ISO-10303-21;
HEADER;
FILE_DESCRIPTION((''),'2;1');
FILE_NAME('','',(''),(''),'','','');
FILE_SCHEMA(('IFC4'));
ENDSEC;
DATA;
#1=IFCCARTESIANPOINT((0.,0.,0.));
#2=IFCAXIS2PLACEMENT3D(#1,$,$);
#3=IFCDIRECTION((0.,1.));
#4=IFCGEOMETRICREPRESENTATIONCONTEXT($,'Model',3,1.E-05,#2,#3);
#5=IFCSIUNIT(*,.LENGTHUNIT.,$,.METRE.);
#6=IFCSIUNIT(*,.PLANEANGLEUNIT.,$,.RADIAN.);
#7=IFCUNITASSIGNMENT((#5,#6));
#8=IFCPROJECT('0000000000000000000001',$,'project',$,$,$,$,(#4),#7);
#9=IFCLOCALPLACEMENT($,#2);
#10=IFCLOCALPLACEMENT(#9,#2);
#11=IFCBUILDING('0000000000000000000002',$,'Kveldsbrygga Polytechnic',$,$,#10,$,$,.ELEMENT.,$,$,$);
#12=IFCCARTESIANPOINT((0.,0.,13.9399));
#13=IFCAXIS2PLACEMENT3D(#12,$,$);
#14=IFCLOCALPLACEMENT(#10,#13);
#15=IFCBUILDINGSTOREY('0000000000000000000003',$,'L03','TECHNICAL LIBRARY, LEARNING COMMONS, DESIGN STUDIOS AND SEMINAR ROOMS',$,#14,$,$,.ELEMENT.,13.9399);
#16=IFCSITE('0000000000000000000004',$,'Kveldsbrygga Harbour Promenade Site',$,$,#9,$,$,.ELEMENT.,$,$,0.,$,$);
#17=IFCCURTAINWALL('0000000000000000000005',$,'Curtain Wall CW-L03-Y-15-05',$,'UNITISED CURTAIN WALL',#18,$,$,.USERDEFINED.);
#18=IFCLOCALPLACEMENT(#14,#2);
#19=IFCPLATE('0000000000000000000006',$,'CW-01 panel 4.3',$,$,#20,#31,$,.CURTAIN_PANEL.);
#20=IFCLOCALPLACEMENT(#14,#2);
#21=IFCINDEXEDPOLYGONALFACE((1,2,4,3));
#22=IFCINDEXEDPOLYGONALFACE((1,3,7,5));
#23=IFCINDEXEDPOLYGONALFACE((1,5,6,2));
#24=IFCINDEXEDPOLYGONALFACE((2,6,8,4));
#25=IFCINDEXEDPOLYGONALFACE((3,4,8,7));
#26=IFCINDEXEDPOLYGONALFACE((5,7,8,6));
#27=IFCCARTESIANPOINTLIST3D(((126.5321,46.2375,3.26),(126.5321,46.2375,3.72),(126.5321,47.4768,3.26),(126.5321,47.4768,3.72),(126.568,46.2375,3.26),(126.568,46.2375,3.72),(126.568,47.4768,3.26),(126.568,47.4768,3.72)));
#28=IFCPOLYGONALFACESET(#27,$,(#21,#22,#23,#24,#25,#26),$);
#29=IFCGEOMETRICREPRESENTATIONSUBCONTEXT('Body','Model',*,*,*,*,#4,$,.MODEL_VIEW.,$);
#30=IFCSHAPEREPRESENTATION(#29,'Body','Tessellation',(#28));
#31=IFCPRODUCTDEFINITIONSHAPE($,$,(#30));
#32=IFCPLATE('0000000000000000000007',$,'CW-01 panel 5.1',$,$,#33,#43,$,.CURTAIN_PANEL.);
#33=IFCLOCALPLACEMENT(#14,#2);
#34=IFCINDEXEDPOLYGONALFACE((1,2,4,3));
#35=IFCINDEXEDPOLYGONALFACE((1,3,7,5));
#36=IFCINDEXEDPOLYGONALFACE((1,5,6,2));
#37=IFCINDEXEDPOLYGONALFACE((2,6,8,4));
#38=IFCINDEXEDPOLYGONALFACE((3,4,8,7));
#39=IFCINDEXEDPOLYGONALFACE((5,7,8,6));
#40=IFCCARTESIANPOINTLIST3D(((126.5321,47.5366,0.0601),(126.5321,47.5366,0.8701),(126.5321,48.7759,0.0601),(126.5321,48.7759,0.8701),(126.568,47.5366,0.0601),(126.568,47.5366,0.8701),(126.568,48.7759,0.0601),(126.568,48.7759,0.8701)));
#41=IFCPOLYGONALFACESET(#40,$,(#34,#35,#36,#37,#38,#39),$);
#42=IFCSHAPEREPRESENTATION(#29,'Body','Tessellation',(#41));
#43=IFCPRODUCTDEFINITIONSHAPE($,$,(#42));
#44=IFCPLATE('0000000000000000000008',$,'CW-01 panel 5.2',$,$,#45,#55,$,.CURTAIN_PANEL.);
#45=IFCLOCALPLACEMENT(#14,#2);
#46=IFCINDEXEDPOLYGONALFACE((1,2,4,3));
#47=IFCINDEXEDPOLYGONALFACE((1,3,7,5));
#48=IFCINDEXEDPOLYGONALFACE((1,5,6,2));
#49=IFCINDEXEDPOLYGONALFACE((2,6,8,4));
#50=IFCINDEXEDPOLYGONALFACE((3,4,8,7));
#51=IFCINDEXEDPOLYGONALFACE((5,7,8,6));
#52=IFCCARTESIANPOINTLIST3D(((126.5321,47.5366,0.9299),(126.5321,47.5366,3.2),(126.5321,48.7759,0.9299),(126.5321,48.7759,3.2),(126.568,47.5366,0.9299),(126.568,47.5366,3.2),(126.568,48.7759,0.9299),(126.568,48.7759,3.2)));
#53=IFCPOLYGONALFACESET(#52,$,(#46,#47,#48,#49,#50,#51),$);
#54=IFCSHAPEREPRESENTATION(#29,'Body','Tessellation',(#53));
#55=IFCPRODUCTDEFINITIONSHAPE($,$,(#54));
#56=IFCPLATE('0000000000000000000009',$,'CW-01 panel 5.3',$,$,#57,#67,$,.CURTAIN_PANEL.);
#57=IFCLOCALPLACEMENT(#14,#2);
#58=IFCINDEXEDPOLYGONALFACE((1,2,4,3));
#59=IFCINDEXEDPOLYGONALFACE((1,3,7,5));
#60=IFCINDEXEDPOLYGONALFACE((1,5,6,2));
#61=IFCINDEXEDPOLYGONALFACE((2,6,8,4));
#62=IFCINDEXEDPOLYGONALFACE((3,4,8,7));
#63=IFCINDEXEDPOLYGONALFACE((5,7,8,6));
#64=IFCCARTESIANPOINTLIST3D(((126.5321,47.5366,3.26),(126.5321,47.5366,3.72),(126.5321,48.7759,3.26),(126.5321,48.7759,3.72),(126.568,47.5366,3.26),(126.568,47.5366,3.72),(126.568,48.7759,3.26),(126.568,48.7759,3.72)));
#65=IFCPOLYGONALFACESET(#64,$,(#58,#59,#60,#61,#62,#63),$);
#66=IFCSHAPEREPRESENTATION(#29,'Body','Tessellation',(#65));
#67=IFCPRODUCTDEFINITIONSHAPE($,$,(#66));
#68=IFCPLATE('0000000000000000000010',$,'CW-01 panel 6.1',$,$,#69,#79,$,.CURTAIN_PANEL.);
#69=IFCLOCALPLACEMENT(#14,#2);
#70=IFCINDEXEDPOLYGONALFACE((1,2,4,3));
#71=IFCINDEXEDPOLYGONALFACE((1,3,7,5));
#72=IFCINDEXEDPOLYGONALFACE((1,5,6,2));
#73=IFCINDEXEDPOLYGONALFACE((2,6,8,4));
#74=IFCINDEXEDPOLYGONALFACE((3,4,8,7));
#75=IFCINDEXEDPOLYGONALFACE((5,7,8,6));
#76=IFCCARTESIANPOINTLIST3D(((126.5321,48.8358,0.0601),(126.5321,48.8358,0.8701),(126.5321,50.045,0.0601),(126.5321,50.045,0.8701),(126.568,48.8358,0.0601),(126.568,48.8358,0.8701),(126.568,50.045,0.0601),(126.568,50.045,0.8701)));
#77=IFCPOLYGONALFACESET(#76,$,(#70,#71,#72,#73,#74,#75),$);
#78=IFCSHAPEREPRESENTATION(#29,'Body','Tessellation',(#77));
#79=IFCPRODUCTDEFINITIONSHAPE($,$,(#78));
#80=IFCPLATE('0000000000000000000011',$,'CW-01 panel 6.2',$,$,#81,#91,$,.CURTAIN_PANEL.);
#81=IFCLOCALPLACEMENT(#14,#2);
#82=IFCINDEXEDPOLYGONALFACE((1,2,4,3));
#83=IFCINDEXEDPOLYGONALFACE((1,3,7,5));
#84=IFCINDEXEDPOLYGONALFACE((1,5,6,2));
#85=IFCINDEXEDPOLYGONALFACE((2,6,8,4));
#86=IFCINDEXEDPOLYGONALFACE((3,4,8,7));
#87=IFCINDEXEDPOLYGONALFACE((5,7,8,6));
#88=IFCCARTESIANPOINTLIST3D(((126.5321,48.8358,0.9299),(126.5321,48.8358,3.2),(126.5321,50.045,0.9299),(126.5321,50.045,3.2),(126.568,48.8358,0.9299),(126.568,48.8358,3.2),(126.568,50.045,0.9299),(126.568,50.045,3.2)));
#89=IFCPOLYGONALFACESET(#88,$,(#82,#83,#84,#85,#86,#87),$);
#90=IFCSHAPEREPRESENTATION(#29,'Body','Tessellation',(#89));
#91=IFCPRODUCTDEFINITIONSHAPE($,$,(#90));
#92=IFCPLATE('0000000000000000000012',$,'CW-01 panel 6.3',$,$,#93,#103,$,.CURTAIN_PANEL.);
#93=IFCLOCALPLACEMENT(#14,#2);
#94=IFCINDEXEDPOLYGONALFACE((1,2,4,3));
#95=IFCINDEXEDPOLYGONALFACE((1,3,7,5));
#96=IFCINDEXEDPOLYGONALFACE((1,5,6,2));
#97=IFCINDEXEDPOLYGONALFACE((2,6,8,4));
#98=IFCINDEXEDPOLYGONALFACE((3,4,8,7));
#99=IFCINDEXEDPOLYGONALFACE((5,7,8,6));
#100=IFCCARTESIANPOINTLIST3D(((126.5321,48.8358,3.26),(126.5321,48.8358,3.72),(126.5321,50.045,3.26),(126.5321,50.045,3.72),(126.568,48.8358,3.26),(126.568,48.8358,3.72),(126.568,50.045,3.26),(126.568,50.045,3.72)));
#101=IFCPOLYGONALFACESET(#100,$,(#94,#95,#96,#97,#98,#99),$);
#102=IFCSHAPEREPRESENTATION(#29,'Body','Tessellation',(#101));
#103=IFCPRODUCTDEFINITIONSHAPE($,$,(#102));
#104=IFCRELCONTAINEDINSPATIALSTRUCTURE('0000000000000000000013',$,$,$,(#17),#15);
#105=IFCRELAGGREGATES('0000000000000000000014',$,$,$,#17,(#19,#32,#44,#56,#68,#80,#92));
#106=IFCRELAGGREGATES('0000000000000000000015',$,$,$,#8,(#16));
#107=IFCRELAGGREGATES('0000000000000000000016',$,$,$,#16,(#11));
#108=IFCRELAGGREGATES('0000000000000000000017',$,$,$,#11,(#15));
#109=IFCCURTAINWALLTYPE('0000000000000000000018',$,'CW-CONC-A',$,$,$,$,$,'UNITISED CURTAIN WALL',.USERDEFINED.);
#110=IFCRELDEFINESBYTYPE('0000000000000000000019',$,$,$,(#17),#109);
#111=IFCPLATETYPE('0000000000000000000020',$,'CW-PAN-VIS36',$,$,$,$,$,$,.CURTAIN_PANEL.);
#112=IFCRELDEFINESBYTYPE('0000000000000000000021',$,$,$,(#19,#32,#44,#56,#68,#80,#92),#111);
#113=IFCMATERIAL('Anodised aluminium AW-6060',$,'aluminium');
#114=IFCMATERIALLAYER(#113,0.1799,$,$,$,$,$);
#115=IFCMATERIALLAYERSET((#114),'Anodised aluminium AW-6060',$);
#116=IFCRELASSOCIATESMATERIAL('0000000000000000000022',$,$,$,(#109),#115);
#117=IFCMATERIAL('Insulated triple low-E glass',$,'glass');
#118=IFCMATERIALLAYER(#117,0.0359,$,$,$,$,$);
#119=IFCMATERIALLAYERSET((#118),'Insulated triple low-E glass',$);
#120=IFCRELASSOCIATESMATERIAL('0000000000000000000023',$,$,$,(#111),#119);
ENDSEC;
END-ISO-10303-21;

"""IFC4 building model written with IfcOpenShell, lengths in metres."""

from ifc_helpers import new_model, si_unit, direction, frame, origin, origin_2d, place, context, subcontext, project, spatial, rectangle, extrude, material, layer, layer_set, type_object, element, aggregate, save


model = new_model("IFC4")

# Units and contexts
model_context = context("Model", 3, precision=1e-05, world=origin(), true_north=direction((0.0, 1.0)))
body_context = subcontext(model_context, "Body", "Model", "MODEL_VIEW")
ifc_project = project(units=[si_unit("LENGTHUNIT", "METRE"), si_unit("PLANEANGLEUNIT", "RADIAN")], contexts=[model_context])

# Site, building, storey
site_placement = place(None, origin())
site = spatial("IfcSite", under=ifc_project, at=site_placement, Name="Kveldsbrygga Harbour Promenade Site", CompositionType="ELEMENT", RefElevation=0.0)
building_placement = place(site_placement, origin())
building = spatial("IfcBuilding", under=site, at=building_placement, Name="Kveldsbrygga Polytechnic", CompositionType="ELEMENT")
storey_placement = place(building_placement, frame((0.0, 0.0, 13.9399)))
storey = spatial("IfcBuildingStorey", under=building, at=storey_placement, Name="L03", Description="TECHNICAL LIBRARY, LEARNING COMMONS, DESIGN STUDIOS AND SEMINAR ROOMS", CompositionType="ELEMENT", Elevation=13.9399)

# Curtain wall, plates
ifc_material_1 = material(Name="Anodised aluminium AW-6060", Category="aluminium")
ifc_layer_1 = layer(ifc_material_1, 0.1799)
ifc_layer_set_1 = layer_set([ifc_layer_1], Name="Anodised aluminium AW-6060")
curtain_wall_type = type_object("IfcCurtainWallType", Name="CW-CONC-A", ElementType="UNITISED CURTAIN WALL", PredefinedType="USERDEFINED", material=ifc_layer_set_1)
curtain_wall_placement = place(storey_placement, origin())
curtain_wall = element("IfcCurtainWall", 1, at=curtain_wall_placement, inside=storey, type_object=curtain_wall_type, Name="Curtain Wall CW-L03-Y-15-05", ObjectType="UNITISED CURTAIN WALL", PredefinedType="USERDEFINED")
ifc_material_2 = material(Name="Insulated triple low-E glass", Category="glass")
ifc_layer_2 = layer(ifc_material_2, 0.0359)
ifc_layer_set_2 = layer_set([ifc_layer_2], Name="Insulated triple low-E glass")
plate_type = type_object("IfcPlateType", Name="CW-PAN-VIS36", PredefinedType="CURTAIN_PANEL", material=ifc_layer_set_2)
plate_1_placement = place(storey_placement, frame((126.55, 46.8572, 3.26), z_axis=(0.0, 0.0, 1.0), x_axis=(0.0, 1.0, 0.0)))
plate_1 = element("IfcPlate", 2, at=plate_1_placement, type_object=plate_type, Name="CW-01 panel 4.3", PredefinedType="CURTAIN_PANEL", context=body_context, shape_type="SweptSolid", body=[
    extrude(rectangle(XDim=1.2393, YDim=0.0359, at=origin_2d()), origin(), (0.0, 0.0, 1.0), 0.46),
])
plate_2_placement = place(storey_placement, frame((126.55, 48.1562, 0.0601), z_axis=(0.0, 0.0, 1.0), x_axis=(0.0, 1.0, 0.0)))
plate_2 = element("IfcPlate", 3, at=plate_2_placement, type_object=plate_type, Name="CW-01 panel 5.1", PredefinedType="CURTAIN_PANEL", context=body_context, shape_type="SweptSolid", body=[
    extrude(rectangle(XDim=1.2393, YDim=0.0359, at=origin_2d()), origin(), (0.0, 0.0, 1.0), 0.8101),
])
plate_3_placement = place(storey_placement, frame((126.55, 48.1562, 0.9299), z_axis=(0.0, 0.0, 1.0), x_axis=(0.0, 1.0, 0.0)))
plate_3 = element("IfcPlate", 4, at=plate_3_placement, type_object=plate_type, Name="CW-01 panel 5.2", PredefinedType="CURTAIN_PANEL", context=body_context, shape_type="SweptSolid", body=[
    extrude(rectangle(XDim=1.2393, YDim=0.0359, at=origin_2d()), origin(), (0.0, 0.0, 1.0), 2.27),
])
plate_4_placement = place(storey_placement, frame((126.55, 48.1562, 3.26), z_axis=(0.0, 0.0, 1.0), x_axis=(0.0, 1.0, 0.0)))
plate_4 = element("IfcPlate", 5, at=plate_4_placement, type_object=plate_type, Name="CW-01 panel 5.3", PredefinedType="CURTAIN_PANEL", context=body_context, shape_type="SweptSolid", body=[
    extrude(rectangle(XDim=1.2393, YDim=0.0359, at=origin_2d()), origin(), (0.0, 0.0, 1.0), 0.46),
])
plate_5_placement = place(storey_placement, frame((126.55, 49.4404, 0.0601), z_axis=(0.0, 0.0, 1.0), x_axis=(0.0, 1.0, 0.0)))
plate_5 = element("IfcPlate", 6, at=plate_5_placement, type_object=plate_type, Name="CW-01 panel 6.1", PredefinedType="CURTAIN_PANEL", context=body_context, shape_type="SweptSolid", body=[
    extrude(rectangle(XDim=1.2092, YDim=0.0359, at=origin_2d()), origin(), (0.0, 0.0, 1.0), 0.8101),
])
plate_6_placement = place(storey_placement, frame((126.55, 49.4404, 0.9299), z_axis=(0.0, 0.0, 1.0), x_axis=(0.0, 1.0, 0.0)))
plate_6 = element("IfcPlate", 7, at=plate_6_placement, type_object=plate_type, Name="CW-01 panel 6.2", PredefinedType="CURTAIN_PANEL", context=body_context, shape_type="SweptSolid", body=[
    extrude(rectangle(XDim=1.2092, YDim=0.0359, at=origin_2d()), origin(), (0.0, 0.0, 1.0), 2.27),
])
plate_7_placement = place(storey_placement, frame((126.55, 49.4404, 3.26), z_axis=(0.0, 0.0, 1.0), x_axis=(0.0, 1.0, 0.0)))
plate_7 = element("IfcPlate", 8, at=plate_7_placement, type_object=plate_type, Name="CW-01 panel 6.3", PredefinedType="CURTAIN_PANEL", context=body_context, shape_type="SweptSolid", body=[
    extrude(rectangle(XDim=1.2092, YDim=0.0359, at=origin_2d()), origin(), (0.0, 0.0, 1.0), 0.46),
])
aggregate(curtain_wall, [plate_1, plate_2, plate_3, plate_4, plate_5, plate_6, plate_7])

save(model, "model.ifc")
